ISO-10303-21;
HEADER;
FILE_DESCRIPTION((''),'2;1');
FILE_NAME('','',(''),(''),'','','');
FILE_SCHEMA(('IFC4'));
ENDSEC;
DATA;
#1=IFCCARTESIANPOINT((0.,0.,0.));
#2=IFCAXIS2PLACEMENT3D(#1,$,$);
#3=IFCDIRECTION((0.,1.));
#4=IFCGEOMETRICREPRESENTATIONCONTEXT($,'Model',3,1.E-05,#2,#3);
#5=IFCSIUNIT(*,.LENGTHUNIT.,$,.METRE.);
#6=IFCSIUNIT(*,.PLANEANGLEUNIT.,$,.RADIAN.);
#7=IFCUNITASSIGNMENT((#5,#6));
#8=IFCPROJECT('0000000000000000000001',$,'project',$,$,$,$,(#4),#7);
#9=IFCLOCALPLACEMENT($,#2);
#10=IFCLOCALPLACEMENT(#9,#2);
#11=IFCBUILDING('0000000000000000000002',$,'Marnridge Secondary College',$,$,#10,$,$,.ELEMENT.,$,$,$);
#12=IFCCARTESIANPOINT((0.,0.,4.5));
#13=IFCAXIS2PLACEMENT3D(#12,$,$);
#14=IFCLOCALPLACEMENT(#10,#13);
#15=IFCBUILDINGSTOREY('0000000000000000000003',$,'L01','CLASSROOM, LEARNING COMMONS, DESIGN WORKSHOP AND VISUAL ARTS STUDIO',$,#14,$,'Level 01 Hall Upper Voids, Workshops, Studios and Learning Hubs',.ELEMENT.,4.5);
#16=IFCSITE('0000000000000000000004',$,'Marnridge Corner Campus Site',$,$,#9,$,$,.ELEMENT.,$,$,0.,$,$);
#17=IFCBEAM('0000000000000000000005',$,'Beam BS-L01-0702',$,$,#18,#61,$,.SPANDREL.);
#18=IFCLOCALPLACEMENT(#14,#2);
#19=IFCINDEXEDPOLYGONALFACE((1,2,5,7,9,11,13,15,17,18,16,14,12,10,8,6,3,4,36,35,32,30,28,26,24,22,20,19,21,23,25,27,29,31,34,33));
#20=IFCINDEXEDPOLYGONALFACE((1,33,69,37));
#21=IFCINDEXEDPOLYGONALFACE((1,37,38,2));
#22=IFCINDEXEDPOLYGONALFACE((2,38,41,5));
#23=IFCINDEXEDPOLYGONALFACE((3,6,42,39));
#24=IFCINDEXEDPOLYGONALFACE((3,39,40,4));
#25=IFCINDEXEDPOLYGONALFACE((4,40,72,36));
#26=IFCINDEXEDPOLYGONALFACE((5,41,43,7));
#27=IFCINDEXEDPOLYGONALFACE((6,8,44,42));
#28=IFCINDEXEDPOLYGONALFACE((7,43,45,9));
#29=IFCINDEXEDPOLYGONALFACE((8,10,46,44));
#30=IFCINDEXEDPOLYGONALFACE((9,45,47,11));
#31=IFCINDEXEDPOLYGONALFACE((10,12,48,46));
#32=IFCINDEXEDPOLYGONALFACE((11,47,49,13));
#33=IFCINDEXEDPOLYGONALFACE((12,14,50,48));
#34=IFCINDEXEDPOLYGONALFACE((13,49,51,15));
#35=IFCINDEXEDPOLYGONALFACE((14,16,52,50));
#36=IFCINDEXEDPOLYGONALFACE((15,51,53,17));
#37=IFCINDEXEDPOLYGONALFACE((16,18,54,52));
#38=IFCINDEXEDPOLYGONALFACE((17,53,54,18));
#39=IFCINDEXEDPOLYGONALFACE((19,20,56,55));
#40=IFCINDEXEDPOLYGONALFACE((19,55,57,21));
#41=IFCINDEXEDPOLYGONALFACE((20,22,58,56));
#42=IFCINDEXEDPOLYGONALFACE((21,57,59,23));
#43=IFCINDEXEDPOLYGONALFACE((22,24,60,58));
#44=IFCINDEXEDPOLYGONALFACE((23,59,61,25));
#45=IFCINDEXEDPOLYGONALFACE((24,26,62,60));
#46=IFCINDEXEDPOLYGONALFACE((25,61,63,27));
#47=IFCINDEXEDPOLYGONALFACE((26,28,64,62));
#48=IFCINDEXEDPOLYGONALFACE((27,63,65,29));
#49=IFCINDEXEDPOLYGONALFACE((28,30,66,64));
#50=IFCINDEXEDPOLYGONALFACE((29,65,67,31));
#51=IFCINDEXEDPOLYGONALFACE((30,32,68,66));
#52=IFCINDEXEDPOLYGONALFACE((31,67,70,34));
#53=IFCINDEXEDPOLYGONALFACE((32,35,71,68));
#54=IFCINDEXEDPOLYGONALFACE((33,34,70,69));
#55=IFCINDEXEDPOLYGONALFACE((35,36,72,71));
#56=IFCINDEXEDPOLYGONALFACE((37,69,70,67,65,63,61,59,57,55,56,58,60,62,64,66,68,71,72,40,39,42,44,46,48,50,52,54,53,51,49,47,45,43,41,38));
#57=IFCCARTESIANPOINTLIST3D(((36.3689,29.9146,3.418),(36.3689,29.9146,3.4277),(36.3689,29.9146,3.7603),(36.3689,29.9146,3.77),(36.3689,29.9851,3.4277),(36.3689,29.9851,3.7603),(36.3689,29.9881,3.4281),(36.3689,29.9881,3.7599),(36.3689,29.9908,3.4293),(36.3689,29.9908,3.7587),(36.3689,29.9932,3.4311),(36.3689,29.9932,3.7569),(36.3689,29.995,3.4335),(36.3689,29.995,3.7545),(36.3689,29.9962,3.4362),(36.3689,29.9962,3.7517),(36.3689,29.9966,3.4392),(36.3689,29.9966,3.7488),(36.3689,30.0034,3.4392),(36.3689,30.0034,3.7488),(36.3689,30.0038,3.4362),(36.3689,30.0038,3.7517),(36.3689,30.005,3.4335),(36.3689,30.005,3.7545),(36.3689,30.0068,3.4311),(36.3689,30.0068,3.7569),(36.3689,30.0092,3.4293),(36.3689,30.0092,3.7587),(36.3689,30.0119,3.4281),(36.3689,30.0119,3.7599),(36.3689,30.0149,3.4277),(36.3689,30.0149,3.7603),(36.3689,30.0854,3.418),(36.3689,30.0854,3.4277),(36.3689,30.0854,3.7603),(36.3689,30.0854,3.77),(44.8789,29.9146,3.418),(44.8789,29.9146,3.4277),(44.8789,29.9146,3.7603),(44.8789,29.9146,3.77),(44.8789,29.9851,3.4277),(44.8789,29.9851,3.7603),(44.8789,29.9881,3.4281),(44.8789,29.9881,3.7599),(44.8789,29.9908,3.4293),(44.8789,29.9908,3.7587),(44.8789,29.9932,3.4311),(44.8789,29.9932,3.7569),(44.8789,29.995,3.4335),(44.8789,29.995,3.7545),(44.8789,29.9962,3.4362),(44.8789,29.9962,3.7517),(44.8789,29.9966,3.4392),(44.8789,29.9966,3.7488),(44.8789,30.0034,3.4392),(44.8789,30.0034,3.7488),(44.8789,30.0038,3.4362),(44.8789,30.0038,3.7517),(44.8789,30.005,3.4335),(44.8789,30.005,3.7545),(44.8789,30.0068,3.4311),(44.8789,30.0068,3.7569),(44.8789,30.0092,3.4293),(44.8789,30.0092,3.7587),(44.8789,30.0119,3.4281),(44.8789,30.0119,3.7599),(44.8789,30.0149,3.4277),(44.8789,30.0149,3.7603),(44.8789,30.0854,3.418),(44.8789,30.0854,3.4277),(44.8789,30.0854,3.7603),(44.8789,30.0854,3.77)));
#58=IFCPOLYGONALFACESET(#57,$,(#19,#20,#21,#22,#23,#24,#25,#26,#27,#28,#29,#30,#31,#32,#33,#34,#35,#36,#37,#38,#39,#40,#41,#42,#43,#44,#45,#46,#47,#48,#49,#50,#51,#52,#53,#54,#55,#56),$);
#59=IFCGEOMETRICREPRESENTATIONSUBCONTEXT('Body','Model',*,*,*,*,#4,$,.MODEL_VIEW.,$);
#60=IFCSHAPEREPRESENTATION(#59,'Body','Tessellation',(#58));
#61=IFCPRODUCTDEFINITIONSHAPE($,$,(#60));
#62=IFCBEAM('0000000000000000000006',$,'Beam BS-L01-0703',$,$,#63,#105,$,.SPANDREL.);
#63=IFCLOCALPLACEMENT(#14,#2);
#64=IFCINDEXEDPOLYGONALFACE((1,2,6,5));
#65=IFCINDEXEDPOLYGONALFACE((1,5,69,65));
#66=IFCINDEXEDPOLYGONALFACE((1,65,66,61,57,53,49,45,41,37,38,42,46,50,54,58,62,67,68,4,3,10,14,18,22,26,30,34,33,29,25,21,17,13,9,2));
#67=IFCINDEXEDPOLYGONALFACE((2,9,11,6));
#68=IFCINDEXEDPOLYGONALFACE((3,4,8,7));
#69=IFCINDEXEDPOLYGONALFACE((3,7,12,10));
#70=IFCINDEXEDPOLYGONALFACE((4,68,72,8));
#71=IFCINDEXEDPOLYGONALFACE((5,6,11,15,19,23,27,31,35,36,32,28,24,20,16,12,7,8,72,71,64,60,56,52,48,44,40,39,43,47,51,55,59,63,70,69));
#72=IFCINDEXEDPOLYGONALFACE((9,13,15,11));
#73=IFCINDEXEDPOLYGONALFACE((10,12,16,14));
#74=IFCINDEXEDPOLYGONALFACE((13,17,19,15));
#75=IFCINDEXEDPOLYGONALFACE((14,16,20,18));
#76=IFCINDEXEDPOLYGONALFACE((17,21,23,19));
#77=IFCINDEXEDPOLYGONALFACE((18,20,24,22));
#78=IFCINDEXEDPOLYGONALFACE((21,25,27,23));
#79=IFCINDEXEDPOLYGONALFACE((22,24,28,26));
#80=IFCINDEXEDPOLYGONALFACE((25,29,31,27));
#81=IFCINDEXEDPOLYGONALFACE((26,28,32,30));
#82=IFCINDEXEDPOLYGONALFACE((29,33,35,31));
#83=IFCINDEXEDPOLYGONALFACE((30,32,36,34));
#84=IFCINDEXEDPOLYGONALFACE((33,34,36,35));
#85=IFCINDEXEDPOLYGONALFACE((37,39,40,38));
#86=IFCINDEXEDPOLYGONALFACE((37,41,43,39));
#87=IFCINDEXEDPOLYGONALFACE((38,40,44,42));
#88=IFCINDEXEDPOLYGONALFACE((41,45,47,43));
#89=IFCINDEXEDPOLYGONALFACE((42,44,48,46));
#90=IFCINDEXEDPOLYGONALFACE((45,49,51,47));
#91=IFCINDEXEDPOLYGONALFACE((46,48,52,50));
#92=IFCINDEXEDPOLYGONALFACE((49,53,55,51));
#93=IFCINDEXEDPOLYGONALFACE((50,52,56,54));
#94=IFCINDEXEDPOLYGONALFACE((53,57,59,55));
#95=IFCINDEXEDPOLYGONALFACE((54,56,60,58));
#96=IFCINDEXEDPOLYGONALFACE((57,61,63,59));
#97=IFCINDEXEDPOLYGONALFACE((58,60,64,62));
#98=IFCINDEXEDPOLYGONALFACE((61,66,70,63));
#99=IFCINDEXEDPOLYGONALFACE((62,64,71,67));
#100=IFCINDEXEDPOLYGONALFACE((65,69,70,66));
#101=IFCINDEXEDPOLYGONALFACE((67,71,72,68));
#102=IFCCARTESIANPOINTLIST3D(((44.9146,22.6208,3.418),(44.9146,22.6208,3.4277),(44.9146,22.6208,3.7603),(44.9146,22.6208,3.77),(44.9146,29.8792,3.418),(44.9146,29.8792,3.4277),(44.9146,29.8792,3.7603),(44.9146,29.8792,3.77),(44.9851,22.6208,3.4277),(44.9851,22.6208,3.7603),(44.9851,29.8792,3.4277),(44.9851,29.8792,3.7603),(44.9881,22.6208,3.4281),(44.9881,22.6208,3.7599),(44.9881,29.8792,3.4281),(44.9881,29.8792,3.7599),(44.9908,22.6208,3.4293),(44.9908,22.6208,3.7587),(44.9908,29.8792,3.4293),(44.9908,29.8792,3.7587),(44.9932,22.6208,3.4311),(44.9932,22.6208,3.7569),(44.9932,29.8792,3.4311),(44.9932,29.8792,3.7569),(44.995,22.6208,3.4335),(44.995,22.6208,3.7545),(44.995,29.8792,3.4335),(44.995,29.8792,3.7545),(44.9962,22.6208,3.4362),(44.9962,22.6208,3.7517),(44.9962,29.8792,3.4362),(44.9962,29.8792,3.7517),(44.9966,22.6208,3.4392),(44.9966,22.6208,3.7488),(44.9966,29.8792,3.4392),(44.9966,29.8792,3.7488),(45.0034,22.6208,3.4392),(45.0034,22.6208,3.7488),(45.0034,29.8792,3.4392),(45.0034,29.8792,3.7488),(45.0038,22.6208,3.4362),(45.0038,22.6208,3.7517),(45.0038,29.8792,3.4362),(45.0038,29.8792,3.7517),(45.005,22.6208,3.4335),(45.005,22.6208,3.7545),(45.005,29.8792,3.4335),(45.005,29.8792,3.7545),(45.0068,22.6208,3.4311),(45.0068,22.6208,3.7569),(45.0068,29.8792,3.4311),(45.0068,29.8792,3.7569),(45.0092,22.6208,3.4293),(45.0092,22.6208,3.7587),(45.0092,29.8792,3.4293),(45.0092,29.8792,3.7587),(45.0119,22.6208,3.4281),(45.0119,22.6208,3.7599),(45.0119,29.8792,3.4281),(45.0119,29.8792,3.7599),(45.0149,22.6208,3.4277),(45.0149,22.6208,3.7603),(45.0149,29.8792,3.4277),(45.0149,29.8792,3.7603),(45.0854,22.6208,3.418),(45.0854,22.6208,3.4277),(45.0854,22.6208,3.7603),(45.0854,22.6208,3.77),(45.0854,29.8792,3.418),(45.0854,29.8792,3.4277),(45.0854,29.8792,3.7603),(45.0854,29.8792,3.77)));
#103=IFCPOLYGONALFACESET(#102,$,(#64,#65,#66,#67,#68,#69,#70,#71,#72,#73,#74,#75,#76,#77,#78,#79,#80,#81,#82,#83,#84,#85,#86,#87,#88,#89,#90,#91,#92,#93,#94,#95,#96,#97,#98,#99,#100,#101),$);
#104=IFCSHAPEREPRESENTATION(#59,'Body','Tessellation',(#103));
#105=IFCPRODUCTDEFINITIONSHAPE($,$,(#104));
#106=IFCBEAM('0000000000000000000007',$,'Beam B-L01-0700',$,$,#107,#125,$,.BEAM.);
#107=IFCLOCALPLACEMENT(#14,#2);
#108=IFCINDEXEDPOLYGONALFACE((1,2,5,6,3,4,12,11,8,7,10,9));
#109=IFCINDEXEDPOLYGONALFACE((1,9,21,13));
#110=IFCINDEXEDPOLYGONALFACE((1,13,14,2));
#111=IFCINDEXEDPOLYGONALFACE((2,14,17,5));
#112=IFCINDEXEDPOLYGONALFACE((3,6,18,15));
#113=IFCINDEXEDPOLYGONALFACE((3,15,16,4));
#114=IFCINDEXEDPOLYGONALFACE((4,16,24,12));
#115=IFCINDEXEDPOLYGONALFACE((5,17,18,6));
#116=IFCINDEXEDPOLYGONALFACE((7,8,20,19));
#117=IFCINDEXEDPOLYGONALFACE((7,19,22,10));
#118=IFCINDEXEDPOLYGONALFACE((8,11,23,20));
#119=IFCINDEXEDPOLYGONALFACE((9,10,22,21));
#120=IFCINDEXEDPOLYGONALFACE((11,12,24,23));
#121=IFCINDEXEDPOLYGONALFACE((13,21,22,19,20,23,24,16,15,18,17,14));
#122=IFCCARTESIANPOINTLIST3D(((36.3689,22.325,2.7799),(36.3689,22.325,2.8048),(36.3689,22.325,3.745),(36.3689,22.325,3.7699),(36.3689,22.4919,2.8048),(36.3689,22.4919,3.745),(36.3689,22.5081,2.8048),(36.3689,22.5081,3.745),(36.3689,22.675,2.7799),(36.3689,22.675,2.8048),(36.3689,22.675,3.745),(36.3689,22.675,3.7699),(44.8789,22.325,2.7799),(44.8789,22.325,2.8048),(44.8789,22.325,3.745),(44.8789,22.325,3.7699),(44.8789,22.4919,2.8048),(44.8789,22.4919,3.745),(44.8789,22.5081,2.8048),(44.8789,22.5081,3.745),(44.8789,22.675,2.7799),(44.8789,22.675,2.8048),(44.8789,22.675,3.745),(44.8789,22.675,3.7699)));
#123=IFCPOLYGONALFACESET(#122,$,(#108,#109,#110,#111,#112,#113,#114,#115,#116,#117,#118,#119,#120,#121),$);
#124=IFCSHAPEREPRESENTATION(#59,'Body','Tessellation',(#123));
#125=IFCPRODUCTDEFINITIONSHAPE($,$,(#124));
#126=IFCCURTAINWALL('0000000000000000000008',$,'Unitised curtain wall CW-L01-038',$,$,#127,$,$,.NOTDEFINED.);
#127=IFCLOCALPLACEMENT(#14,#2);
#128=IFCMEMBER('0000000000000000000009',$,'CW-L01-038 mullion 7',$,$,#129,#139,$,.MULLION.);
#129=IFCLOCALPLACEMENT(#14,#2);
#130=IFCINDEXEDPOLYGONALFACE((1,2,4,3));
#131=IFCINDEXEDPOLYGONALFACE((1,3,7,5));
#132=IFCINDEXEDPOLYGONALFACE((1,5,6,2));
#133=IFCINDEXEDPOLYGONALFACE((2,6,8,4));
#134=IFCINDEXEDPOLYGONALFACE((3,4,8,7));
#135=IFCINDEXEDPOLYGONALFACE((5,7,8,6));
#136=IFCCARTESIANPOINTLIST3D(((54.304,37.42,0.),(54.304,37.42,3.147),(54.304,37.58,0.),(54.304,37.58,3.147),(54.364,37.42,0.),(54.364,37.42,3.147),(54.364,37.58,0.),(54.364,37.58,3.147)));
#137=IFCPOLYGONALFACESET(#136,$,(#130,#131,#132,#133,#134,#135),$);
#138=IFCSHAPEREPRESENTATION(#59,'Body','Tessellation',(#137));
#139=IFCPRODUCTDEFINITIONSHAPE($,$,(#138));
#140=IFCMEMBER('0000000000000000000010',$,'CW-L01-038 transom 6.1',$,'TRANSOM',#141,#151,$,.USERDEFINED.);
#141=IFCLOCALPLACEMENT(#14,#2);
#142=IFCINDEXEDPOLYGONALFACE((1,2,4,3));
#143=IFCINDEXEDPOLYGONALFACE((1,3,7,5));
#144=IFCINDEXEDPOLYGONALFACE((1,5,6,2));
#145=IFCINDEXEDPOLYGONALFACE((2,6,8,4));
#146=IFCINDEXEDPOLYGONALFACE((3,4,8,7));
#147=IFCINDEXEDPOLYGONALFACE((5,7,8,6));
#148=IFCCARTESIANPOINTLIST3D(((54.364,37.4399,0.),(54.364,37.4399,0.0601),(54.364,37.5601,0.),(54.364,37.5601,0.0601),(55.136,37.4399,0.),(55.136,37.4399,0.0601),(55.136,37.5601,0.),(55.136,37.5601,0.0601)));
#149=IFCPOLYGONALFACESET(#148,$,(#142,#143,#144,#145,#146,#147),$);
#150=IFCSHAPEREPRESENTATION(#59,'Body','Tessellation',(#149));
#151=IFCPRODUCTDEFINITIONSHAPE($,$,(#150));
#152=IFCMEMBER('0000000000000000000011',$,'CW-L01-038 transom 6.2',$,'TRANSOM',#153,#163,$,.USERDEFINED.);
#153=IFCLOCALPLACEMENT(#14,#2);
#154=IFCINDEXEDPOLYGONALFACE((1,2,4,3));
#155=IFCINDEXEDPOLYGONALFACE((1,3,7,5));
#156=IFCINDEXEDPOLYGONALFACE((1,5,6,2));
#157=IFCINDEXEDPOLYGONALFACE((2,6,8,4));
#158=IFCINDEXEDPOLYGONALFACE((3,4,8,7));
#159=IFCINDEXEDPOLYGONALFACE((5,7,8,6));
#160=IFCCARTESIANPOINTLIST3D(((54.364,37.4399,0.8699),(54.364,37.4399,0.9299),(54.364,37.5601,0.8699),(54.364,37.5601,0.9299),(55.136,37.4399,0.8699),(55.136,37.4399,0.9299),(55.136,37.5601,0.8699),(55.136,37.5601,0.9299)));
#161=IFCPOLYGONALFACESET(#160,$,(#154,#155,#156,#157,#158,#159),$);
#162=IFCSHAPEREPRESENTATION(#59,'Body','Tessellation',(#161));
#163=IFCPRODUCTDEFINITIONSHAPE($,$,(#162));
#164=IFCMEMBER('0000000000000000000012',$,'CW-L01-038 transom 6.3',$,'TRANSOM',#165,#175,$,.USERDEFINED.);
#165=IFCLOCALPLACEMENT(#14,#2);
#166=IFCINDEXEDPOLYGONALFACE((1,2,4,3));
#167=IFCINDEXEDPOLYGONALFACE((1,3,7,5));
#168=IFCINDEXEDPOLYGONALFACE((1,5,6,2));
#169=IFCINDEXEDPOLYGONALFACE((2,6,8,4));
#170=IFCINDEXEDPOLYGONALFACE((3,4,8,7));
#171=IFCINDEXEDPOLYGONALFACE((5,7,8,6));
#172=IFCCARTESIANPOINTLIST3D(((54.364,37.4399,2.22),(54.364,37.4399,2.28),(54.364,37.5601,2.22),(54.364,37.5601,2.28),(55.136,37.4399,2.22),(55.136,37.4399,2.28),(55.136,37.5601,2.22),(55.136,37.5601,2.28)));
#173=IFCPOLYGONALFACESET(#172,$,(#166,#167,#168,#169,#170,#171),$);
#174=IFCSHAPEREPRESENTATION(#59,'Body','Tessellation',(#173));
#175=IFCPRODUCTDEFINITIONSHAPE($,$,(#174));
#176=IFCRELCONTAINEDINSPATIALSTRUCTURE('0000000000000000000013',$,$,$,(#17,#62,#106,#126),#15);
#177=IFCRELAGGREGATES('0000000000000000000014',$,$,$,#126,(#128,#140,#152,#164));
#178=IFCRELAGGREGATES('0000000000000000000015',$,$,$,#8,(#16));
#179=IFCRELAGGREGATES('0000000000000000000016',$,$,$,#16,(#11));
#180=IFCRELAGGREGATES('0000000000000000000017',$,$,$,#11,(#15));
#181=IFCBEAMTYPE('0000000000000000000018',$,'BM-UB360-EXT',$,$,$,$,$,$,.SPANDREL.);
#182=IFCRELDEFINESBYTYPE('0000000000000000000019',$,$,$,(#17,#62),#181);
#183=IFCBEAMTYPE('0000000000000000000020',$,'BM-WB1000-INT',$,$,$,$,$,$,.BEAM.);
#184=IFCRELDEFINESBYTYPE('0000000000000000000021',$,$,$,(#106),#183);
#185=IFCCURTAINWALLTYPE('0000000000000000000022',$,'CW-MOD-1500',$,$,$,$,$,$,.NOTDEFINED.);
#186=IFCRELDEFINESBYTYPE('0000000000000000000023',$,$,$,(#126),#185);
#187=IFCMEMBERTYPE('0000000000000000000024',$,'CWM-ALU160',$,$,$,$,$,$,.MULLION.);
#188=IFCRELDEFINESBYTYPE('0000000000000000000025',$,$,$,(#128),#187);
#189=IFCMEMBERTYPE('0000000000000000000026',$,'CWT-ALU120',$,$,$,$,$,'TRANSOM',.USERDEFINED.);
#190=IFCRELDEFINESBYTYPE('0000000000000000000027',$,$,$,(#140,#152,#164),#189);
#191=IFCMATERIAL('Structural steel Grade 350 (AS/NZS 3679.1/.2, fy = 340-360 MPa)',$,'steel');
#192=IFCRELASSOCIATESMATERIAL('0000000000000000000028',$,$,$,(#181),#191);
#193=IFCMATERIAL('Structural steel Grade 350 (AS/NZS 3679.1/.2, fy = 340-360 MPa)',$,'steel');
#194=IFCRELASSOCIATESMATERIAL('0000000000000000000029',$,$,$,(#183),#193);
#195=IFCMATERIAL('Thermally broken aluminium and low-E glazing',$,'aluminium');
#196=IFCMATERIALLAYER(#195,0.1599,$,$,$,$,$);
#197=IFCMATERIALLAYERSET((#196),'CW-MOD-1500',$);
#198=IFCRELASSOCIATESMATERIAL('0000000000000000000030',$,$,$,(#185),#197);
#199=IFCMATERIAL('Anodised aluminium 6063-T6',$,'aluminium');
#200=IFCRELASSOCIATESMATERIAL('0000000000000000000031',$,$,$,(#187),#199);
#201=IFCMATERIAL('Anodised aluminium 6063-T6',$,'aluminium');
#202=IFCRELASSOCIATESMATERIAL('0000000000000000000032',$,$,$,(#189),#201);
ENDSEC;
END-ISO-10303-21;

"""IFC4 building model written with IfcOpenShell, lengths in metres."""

from ifc_helpers import new_model, si_unit, direction, frame, origin, origin_2d, place, context, subcontext, project, spatial, rectangle, i_section, extrude, material, layer, layer_set, material_profile, profile_set, type_object, element, aggregate, save


model = new_model("IFC4")

# Units and contexts
model_context = context("Model", 3, precision=1e-05, world=origin(), true_north=direction((0.0, 1.0)))
body_context = subcontext(model_context, "Body", "Model", "MODEL_VIEW")
ifc_project = project(units=[si_unit("LENGTHUNIT", "METRE"), si_unit("PLANEANGLEUNIT", "RADIAN")], contexts=[model_context])

# Site, building, storey
site_placement = place(None, origin())
site = spatial("IfcSite", under=ifc_project, at=site_placement, Name="Marnridge Corner Campus Site", CompositionType="ELEMENT", RefElevation=0.0)
building_placement = place(site_placement, origin())
building = spatial("IfcBuilding", under=site, at=building_placement, Name="Marnridge Secondary College", CompositionType="ELEMENT")
storey_placement = place(building_placement, frame((0.0, 0.0, 4.5)))
storey = spatial("IfcBuildingStorey", under=building, at=storey_placement, Name="L01", Description="CLASSROOM, LEARNING COMMONS, DESIGN WORKSHOP AND VISUAL ARTS STUDIO", LongName="Level 01 Hall Upper Voids, Workshops, Studios and Learning Hubs", CompositionType="ELEMENT", Elevation=4.5)

# Beams
ifc_material_1 = material(Name="Structural steel Grade 350 (AS/NZS 3679.1/.2, fy = 340-360 MPa)", Category="steel")
ifc_material_profile_1 = material_profile(ifc_material_1, i_section(OverallWidth=0.1709, OverallDepth=0.3521, WebThickness=0.0068, FlangeThickness=0.0098, FilletRadius=0.0115, at=origin_2d()), Name="360UB44.7")
ifc_profile_set_1 = profile_set([ifc_material_profile_1], Name="Structural steel Grade 350 (AS/NZS 3679.1/.2, fy = 340-360 MPa)")
beam_type_1 = type_object("IfcBeamType", Name="BM-UB360-EXT", PredefinedType="SPANDREL", material=ifc_profile_set_1)
beam_1_placement = place(storey_placement, frame((36.3689, 30.0, 3.594), z_axis=(1.0, 0.0, 0.0), x_axis=(0.0, 1.0, 0.0)))
element("IfcBeam", 1, at=beam_1_placement, inside=storey, type_object=beam_type_1, Name="Beam BS-L01-0702", PredefinedType="SPANDREL", context=body_context, shape_type="SweptSolid", body=[
    extrude(i_section(OverallWidth=0.1709, OverallDepth=0.3521, WebThickness=0.0068, FlangeThickness=0.0098, FilletRadius=0.0115, at=origin_2d()), origin(), (0.0, 0.0, 1.0), 8.51),
])
beam_2_placement = place(storey_placement, frame((45.0, 22.6208, 3.594), z_axis=(0.0, 1.0, 0.0), x_axis=(-1.0, 0.0, 0.0)))
element("IfcBeam", 2, at=beam_2_placement, inside=storey, type_object=beam_type_1, Name="Beam BS-L01-0703", PredefinedType="SPANDREL", context=body_context, shape_type="SweptSolid", body=[
    extrude(i_section(OverallWidth=0.1709, OverallDepth=0.3521, WebThickness=0.0068, FlangeThickness=0.0098, FilletRadius=0.0115, at=origin_2d()), origin(), (0.0, 0.0, 1.0), 7.2583),
])
ifc_material_2 = material(Name="Structural steel Grade 350 (AS/NZS 3679.1/.2, fy = 340-360 MPa)", Category="steel")
ifc_material_profile_2 = material_profile(ifc_material_2, i_section(OverallWidth=0.3501, OverallDepth=0.99, WebThickness=0.0161, FlangeThickness=0.0249, at=origin_2d()), Name="1000WB258")
ifc_profile_set_2 = profile_set([ifc_material_profile_2], Name="Structural steel Grade 350 (AS/NZS 3679.1/.2, fy = 340-360 MPa)")
beam_type_2 = type_object("IfcBeamType", Name="BM-WB1000-INT", PredefinedType="BEAM", material=ifc_profile_set_2)
beam_3_placement = place(storey_placement, frame((36.3689, 22.5, 3.2749), z_axis=(1.0, 0.0, 0.0), x_axis=(0.0, 1.0, 0.0)))
element("IfcBeam", 3, at=beam_3_placement, inside=storey, type_object=beam_type_2, Name="Beam B-L01-0700", PredefinedType="BEAM", context=body_context, shape_type="SweptSolid", body=[
    extrude(i_section(OverallWidth=0.3501, OverallDepth=0.99, WebThickness=0.0161, FlangeThickness=0.0249, at=origin_2d()), origin(), (0.0, 0.0, 1.0), 8.51),
])

# Curtain wall, members
ifc_material_3 = material(Name="Thermally broken aluminium and low-E glazing", Category="aluminium")
ifc_layer_1 = layer(ifc_material_3, 0.1599)
ifc_layer_set_1 = layer_set([ifc_layer_1], Name="CW-MOD-1500")
curtain_wall_type = type_object("IfcCurtainWallType", Name="CW-MOD-1500", PredefinedType="NOTDEFINED", material=ifc_layer_set_1)
curtain_wall_placement = place(storey_placement, origin())
curtain_wall = element("IfcCurtainWall", 4, at=curtain_wall_placement, inside=storey, type_object=curtain_wall_type, Name="Unitised curtain wall CW-L01-038", PredefinedType="NOTDEFINED")
ifc_material_4 = material(Name="Anodised aluminium 6063-T6", Category="aluminium")
ifc_material_profile_3 = material_profile(ifc_material_4, rectangle(XDim=0.0601, YDim=0.1599, at=origin_2d()), Name="ALU 60x160")
ifc_profile_set_3 = profile_set([ifc_material_profile_3], Name="Anodised aluminium 6063-T6")
member_type_1 = type_object("IfcMemberType", Name="CWM-ALU160", PredefinedType="MULLION", material=ifc_profile_set_3)
member_1_placement = place(storey_placement, frame((54.334, 37.5, 0.0), z_axis=(0.0, 0.0, 1.0), x_axis=(-1.0, 0.0, 0.0)))
member_1 = element("IfcMember", 5, at=member_1_placement, type_object=member_type_1, Name="CW-L01-038 mullion 7", PredefinedType="MULLION", context=body_context, shape_type="SweptSolid", body=[
    extrude(rectangle(XDim=0.0601, YDim=0.1599, at=origin_2d()), origin(), (0.0, 0.0, 1.0), 3.147),
])
ifc_material_5 = material(Name="Anodised aluminium 6063-T6", Category="aluminium")
ifc_material_profile_4 = material_profile(ifc_material_5, rectangle(XDim=0.0601, YDim=0.1201, at=origin_2d()), Name="ALU 60x120")
ifc_profile_set_4 = profile_set([ifc_material_profile_4], Name="Anodised aluminium 6063-T6")
member_type_2 = type_object("IfcMemberType", Name="CWT-ALU120", ElementType="TRANSOM", PredefinedType="USERDEFINED", material=ifc_profile_set_4)
member_2_placement = place(storey_placement, frame((55.136, 37.5, 0.03), z_axis=(-1.0, 0.0, 0.0), x_axis=(0.0, 0.0, 1.0)))
member_2 = element("IfcMember", 6, at=member_2_placement, type_object=member_type_2, Name="CW-L01-038 transom 6.1", ObjectType="TRANSOM", PredefinedType="USERDEFINED", context=body_context, shape_type="SweptSolid", body=[
    extrude(rectangle(XDim=0.0601, YDim=0.1201, at=origin_2d()), origin(), (0.0, 0.0, 1.0), 0.772),
])
member_3_placement = place(storey_placement, frame((55.136, 37.5, 0.8999), z_axis=(-1.0, 0.0, 0.0), x_axis=(0.0, 0.0, 1.0)))
member_3 = element("IfcMember", 7, at=member_3_placement, type_object=member_type_2, Name="CW-L01-038 transom 6.2", ObjectType="TRANSOM", PredefinedType="USERDEFINED", context=body_context, shape_type="SweptSolid", body=[
    extrude(rectangle(XDim=0.0601, YDim=0.1201, at=origin_2d()), origin(), (0.0, 0.0, 1.0), 0.772),
])
member_4_placement = place(storey_placement, frame((55.136, 37.5, 2.25), z_axis=(-1.0, 0.0, 0.0), x_axis=(0.0, 0.0, 1.0)))
member_4 = element("IfcMember", 8, at=member_4_placement, type_object=member_type_2, Name="CW-L01-038 transom 6.3", ObjectType="TRANSOM", PredefinedType="USERDEFINED", context=body_context, shape_type="SweptSolid", body=[
    extrude(rectangle(XDim=0.0601, YDim=0.1201, at=origin_2d()), origin(), (0.0, 0.0, 1.0), 0.772),
])

aggregate(curtain_wall, [member_1, member_2, member_3, member_4])

save(model, "model.ifc")
